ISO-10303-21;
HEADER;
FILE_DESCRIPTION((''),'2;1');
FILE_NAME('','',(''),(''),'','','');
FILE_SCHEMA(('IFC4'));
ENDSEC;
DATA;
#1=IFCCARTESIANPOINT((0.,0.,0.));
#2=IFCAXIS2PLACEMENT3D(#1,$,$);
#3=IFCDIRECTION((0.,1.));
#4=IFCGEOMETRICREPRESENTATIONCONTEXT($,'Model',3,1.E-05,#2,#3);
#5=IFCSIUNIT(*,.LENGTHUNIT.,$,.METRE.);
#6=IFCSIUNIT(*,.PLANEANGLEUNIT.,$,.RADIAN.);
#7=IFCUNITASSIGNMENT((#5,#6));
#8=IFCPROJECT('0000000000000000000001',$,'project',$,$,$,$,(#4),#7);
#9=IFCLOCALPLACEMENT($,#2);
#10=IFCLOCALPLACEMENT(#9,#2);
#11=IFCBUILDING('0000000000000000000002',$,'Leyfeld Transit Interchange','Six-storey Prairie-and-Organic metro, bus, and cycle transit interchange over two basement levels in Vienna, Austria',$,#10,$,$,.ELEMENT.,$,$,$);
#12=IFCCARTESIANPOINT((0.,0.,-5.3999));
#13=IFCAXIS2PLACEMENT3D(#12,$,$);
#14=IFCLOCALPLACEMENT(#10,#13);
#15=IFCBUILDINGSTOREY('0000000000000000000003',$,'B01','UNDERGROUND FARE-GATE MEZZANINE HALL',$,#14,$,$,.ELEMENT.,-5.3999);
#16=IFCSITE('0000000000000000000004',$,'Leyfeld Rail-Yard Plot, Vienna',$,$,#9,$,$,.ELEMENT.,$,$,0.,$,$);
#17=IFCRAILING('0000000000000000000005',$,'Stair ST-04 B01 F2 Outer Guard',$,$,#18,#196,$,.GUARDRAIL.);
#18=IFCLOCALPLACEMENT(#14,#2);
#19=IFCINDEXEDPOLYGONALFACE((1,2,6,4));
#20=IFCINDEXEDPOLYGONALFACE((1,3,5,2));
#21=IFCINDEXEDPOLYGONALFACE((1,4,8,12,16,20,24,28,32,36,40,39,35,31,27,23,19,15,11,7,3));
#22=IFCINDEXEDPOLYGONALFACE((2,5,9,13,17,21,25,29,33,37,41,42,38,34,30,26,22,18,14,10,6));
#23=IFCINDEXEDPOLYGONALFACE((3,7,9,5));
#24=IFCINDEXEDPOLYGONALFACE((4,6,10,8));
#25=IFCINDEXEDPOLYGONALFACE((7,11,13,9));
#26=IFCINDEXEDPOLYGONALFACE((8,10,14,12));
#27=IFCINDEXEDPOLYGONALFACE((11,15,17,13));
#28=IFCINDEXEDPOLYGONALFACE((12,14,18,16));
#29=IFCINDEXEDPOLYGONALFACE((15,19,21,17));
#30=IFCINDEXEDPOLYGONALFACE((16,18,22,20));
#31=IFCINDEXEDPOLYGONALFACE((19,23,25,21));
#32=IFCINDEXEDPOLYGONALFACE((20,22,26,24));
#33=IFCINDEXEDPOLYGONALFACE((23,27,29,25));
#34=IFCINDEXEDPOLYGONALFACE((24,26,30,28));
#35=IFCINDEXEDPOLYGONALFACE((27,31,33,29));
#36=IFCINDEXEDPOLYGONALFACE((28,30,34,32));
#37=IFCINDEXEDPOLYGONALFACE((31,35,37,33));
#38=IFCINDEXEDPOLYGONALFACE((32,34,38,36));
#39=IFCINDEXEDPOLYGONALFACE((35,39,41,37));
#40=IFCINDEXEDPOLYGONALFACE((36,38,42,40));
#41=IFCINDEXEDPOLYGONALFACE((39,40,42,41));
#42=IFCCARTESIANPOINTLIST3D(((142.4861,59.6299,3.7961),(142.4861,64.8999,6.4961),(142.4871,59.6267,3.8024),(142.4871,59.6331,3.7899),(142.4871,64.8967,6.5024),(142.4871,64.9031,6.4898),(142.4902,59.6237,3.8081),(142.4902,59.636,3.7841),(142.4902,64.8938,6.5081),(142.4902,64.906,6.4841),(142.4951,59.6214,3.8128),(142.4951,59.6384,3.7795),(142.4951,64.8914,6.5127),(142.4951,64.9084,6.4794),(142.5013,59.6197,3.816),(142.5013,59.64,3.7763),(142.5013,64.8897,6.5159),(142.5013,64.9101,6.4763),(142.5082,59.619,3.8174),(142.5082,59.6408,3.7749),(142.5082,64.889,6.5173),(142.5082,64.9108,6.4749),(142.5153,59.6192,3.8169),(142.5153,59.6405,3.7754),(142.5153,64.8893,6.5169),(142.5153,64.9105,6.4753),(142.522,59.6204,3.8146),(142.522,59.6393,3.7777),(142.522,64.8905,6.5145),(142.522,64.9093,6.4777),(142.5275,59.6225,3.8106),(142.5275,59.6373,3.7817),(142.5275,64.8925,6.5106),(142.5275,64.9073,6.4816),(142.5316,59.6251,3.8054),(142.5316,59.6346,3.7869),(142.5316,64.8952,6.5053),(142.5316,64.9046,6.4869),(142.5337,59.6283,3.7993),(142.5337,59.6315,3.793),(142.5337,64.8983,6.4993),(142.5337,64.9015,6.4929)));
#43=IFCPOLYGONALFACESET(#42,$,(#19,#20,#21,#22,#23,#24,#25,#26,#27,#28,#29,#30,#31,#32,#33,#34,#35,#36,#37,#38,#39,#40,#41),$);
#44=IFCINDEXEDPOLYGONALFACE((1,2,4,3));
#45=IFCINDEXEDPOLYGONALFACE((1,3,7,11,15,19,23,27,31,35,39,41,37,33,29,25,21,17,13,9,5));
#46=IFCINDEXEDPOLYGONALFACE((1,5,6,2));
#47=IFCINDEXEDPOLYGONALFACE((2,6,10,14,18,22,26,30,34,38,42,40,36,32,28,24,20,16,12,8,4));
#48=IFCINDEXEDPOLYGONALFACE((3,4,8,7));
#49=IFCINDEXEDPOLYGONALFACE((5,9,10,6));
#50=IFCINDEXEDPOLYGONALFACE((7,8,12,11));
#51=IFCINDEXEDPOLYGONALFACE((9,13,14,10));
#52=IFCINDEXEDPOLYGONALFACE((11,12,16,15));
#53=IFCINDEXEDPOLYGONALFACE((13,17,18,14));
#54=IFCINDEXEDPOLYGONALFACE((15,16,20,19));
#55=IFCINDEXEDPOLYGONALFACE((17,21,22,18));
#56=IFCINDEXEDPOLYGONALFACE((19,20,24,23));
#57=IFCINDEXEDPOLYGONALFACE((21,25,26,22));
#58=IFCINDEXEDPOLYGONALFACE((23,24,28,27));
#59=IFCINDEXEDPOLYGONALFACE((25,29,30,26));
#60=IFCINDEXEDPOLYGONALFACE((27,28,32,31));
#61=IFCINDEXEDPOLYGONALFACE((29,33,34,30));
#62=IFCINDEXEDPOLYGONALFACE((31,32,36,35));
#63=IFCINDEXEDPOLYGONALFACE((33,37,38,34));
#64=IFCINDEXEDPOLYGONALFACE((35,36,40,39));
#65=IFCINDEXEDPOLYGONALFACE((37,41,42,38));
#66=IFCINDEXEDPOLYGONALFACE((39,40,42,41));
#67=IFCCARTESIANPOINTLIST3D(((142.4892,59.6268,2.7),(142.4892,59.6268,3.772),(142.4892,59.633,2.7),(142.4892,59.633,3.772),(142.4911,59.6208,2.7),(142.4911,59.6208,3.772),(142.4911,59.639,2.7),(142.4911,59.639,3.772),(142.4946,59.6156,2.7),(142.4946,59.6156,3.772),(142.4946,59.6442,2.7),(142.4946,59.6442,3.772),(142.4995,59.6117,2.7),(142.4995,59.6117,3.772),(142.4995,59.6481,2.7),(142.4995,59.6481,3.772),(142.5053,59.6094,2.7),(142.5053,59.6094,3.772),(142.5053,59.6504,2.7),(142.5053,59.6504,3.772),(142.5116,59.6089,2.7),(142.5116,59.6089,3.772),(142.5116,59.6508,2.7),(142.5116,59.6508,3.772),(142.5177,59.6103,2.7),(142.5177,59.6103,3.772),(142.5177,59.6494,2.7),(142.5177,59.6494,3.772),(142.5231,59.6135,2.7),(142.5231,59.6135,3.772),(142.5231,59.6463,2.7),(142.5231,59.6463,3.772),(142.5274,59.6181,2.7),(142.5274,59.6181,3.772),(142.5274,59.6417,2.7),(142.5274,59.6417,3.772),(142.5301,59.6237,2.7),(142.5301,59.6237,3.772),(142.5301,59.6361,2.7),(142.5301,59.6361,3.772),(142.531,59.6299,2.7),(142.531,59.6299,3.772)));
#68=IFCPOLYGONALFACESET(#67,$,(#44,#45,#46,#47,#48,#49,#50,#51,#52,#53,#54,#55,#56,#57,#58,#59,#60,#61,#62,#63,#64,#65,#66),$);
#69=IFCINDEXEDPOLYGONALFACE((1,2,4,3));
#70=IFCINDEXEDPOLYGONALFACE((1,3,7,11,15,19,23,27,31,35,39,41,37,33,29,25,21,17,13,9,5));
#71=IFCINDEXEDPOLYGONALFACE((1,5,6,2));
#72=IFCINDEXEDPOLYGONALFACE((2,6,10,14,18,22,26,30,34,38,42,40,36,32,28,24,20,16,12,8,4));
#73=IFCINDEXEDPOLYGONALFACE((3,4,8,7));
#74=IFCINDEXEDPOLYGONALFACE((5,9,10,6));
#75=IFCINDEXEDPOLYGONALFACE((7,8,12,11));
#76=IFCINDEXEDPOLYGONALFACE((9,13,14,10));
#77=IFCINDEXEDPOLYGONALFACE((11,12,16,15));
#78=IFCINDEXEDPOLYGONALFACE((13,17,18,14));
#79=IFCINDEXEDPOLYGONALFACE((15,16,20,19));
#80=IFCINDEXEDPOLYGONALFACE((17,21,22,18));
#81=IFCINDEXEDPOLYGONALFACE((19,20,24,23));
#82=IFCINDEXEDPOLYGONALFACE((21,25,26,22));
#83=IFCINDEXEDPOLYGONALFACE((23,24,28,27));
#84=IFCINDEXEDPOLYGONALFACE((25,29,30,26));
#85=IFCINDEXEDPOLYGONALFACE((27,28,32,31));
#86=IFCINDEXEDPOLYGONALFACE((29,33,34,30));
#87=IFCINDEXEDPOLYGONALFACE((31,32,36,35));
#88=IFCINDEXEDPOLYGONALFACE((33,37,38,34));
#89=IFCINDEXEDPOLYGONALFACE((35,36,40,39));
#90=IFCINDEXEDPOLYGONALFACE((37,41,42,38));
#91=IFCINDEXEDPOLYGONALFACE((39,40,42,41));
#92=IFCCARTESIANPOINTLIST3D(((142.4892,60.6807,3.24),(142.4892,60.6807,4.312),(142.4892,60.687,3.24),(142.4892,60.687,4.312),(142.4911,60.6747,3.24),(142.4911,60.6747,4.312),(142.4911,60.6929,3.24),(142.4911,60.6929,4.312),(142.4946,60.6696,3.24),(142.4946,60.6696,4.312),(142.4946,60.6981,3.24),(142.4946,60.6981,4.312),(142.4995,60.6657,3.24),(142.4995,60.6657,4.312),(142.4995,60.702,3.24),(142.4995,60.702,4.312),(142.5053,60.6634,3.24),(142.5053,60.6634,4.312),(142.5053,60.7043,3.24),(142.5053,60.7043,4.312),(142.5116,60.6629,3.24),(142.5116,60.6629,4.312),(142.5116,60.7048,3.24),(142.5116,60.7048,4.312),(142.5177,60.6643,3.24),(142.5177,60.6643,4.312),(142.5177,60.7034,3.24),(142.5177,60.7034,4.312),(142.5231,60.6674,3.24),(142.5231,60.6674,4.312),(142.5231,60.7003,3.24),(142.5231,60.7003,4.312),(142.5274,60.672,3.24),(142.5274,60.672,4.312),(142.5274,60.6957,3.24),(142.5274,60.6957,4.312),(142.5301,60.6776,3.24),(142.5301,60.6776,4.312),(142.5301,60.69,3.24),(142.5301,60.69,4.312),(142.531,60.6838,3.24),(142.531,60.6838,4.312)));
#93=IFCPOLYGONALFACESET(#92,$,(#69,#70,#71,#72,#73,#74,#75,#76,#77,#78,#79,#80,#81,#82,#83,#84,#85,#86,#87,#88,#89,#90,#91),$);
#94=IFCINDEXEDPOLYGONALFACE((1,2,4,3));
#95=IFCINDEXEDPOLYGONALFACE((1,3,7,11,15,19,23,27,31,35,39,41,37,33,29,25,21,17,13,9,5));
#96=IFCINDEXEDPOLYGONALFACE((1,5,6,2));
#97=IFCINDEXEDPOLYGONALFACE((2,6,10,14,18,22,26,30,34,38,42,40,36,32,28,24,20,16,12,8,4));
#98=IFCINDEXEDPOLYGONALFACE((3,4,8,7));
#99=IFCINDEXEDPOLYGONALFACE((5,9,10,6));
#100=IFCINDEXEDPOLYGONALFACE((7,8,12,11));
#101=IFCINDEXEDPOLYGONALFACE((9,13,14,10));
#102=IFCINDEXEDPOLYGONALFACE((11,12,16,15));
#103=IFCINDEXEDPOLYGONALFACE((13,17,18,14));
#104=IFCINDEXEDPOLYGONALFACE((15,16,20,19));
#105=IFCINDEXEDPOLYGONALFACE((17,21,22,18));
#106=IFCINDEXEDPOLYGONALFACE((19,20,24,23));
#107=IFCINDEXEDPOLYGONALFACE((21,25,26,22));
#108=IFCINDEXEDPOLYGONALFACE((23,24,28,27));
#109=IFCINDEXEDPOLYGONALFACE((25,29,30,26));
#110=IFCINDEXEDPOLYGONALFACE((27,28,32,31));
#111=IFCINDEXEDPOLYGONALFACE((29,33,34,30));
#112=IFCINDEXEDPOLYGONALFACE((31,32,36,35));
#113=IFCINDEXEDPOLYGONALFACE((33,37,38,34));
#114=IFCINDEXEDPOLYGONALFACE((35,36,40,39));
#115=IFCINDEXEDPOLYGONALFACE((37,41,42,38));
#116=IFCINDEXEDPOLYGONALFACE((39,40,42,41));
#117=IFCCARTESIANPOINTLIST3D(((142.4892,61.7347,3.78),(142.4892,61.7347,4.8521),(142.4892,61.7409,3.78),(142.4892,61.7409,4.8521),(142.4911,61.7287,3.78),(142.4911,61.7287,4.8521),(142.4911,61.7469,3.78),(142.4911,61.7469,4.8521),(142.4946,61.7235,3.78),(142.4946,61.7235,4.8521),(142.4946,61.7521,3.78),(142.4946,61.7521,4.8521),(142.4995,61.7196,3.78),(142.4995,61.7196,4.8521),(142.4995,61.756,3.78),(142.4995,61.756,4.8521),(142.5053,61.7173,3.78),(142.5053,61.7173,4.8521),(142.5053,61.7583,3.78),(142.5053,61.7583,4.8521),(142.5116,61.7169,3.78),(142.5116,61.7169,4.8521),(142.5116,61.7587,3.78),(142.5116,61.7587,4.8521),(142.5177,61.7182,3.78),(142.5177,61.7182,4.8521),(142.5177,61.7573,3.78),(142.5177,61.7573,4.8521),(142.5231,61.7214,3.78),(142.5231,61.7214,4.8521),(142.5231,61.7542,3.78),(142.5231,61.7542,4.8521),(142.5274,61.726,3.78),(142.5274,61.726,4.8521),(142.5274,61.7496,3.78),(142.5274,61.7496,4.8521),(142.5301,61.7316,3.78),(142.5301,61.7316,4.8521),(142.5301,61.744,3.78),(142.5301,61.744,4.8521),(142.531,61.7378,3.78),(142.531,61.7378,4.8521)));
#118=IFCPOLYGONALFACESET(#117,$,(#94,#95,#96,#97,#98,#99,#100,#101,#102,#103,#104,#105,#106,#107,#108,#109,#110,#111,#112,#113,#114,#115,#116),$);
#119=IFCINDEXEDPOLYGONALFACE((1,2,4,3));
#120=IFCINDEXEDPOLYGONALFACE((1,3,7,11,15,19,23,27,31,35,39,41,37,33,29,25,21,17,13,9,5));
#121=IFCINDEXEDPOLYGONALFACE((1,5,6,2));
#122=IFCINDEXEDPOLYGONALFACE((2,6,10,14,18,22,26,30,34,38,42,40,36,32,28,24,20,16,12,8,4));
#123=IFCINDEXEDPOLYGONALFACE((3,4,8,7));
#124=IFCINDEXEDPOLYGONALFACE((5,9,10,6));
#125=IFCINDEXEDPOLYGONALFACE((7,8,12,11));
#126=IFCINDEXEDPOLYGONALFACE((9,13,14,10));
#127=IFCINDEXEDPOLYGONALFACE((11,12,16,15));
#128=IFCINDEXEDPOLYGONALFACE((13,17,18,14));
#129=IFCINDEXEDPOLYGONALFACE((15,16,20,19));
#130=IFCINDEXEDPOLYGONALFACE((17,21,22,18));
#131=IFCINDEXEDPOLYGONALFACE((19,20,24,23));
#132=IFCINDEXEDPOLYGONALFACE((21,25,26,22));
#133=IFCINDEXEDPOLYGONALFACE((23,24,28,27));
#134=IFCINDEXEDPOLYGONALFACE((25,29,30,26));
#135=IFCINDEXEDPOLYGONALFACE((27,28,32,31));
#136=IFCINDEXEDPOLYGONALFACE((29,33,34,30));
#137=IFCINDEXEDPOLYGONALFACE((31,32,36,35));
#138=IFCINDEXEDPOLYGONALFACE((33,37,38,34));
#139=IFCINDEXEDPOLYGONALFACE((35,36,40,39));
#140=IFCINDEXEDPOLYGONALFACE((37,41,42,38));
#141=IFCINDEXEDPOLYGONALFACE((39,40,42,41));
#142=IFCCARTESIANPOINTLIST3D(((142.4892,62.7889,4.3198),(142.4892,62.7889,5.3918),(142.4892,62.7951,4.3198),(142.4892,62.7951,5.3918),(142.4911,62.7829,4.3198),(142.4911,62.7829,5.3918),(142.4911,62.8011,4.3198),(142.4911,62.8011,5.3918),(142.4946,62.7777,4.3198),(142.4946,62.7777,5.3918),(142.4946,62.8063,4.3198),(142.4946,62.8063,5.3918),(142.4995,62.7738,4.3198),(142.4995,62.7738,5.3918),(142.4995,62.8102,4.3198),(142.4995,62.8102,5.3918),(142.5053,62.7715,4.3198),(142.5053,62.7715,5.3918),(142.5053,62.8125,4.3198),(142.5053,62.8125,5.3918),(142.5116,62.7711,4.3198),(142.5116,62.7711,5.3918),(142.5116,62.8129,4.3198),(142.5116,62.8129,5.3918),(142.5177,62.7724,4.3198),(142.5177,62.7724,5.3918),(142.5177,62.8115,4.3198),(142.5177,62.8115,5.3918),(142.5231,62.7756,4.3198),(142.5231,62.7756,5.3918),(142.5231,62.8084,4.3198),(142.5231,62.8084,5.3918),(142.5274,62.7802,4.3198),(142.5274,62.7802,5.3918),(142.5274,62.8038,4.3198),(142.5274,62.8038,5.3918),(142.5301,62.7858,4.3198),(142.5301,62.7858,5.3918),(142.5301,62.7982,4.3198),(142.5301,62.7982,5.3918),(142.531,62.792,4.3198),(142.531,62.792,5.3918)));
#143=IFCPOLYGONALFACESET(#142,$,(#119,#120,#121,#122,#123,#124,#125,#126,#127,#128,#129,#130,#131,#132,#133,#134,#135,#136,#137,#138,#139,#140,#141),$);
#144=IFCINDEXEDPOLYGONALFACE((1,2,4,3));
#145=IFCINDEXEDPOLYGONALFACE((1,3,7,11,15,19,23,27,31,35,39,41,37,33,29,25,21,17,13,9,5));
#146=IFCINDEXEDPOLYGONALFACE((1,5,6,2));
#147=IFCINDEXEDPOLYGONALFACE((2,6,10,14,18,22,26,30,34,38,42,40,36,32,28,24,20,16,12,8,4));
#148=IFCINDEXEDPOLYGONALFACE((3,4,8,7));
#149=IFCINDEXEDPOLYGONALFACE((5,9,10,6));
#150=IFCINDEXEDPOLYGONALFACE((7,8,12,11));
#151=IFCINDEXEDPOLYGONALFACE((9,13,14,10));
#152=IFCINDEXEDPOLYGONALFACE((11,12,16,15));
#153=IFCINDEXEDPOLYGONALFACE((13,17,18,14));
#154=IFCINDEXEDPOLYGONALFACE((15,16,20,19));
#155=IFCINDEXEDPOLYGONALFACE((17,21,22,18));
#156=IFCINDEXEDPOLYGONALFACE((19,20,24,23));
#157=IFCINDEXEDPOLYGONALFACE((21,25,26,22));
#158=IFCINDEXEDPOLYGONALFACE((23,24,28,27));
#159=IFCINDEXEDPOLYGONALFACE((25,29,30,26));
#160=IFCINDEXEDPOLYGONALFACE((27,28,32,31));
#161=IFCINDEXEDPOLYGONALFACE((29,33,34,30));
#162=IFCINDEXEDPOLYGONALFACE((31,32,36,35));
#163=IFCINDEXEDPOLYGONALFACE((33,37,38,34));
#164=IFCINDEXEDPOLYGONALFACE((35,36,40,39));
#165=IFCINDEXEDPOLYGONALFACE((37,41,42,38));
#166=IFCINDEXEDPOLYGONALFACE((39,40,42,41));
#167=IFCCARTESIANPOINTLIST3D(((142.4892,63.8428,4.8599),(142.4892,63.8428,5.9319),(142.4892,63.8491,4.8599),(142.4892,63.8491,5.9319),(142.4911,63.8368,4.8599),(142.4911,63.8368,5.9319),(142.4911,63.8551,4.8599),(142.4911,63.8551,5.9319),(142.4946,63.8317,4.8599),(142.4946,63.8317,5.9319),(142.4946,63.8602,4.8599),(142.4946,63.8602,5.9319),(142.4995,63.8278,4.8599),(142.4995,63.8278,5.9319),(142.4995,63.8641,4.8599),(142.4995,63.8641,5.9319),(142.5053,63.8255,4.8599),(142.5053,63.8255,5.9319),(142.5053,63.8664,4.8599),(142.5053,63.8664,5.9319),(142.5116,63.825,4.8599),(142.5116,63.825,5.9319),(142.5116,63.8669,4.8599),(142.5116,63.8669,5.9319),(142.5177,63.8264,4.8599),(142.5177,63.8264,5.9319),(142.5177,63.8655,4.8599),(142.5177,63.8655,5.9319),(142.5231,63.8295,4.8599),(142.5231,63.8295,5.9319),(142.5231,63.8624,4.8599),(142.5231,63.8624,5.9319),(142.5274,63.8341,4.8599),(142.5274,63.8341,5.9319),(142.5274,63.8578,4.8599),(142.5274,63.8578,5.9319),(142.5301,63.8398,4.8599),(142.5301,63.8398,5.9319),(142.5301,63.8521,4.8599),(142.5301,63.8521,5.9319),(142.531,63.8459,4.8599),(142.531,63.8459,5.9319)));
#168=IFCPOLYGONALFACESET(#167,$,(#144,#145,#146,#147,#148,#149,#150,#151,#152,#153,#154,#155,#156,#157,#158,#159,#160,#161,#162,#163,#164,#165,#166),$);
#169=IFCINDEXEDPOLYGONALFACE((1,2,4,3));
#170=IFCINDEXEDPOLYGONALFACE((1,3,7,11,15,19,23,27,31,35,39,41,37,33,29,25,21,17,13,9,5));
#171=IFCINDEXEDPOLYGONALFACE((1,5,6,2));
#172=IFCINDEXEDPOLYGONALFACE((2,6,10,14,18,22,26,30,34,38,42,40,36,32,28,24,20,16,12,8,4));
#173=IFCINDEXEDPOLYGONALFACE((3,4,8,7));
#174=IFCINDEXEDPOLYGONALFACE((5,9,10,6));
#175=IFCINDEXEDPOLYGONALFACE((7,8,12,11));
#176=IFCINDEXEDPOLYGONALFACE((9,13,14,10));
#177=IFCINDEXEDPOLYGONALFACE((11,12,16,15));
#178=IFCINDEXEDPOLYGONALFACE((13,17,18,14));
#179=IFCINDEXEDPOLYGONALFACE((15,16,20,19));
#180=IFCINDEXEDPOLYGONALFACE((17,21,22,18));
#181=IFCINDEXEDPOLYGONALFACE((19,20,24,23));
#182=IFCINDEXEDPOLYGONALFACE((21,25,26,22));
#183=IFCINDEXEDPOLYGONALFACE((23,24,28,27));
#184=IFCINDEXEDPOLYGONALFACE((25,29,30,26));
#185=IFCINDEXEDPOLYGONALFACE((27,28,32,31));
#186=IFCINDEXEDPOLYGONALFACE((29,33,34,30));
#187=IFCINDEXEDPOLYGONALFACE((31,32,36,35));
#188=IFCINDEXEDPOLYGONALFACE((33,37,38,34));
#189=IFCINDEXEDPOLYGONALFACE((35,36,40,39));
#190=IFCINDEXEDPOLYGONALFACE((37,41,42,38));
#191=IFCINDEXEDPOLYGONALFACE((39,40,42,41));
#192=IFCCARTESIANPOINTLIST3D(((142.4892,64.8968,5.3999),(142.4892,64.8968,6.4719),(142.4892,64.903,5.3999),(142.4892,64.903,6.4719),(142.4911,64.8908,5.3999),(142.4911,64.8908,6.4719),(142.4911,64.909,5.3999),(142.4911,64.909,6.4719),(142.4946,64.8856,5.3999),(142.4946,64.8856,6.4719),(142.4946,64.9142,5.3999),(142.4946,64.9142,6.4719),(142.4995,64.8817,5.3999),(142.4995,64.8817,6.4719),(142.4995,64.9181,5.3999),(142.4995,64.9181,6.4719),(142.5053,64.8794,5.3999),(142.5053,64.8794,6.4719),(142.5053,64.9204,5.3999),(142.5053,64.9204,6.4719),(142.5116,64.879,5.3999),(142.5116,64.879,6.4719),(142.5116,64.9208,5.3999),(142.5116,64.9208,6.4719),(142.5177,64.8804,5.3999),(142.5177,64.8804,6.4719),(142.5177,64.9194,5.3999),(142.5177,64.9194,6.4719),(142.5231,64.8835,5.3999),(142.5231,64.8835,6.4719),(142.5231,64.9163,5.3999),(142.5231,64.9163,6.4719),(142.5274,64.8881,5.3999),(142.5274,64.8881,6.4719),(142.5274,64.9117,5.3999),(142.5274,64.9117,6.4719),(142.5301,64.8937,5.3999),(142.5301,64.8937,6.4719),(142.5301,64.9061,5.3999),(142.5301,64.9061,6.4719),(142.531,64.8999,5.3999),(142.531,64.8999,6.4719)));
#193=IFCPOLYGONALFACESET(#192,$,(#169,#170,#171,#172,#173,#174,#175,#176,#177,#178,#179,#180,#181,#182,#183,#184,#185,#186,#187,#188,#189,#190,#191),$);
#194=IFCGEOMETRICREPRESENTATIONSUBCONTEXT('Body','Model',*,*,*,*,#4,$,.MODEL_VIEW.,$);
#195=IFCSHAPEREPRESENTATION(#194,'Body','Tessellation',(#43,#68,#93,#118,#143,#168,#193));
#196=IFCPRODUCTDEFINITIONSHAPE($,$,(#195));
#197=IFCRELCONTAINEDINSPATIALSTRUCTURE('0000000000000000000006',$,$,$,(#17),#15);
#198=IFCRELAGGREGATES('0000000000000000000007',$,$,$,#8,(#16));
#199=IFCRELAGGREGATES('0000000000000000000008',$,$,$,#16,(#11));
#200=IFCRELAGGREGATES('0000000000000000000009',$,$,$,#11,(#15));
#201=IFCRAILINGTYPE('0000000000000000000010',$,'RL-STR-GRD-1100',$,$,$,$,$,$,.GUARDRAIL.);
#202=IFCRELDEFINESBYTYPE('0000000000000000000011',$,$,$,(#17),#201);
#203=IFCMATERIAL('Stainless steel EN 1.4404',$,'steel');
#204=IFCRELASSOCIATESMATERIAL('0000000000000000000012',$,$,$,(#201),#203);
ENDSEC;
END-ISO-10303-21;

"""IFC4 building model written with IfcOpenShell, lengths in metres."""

from ifc_helpers import new_model, si_unit, direction, frame, origin, origin_2d, place, context, subcontext, project, spatial, circle, extrude, material, type_object, element, save


model = new_model("IFC4")

# Units and contexts
model_context = context("Model", 3, precision=1e-05, world=origin(), true_north=direction((0.0, 1.0)))
body_context = subcontext(model_context, "Body", "Model", "MODEL_VIEW")
ifc_project = project(units=[si_unit("LENGTHUNIT", "METRE"), si_unit("PLANEANGLEUNIT", "RADIAN")], contexts=[model_context])

# Site, building, storey
site_placement = place(None, origin())
site = spatial("IfcSite", under=ifc_project, at=site_placement, Name="Leyfeld Rail-Yard Plot, Vienna", CompositionType="ELEMENT", RefElevation=0.0)
building_placement = place(site_placement, origin())
building = spatial("IfcBuilding", under=site, at=building_placement, Name="Leyfeld Transit Interchange", Description="Six-storey Prairie-and-Organic metro, bus, and cycle transit interchange over two basement levels in Vienna, Austria", CompositionType="ELEMENT")
storey_placement = place(building_placement, frame((0.0, 0.0, -5.3999)))
storey = spatial("IfcBuildingStorey", under=building, at=storey_placement, Name="B01", Description="UNDERGROUND FARE-GATE MEZZANINE HALL", CompositionType="ELEMENT", Elevation=-5.3999)

# Railing
ifc_material_1 = material(Name="Stainless steel EN 1.4404", Category="steel")
railing_type_1 = type_object("IfcRailingType", Name="RL-STR-GRD-1100", PredefinedType="GUARDRAIL", material=ifc_material_1)
for number, where, name in (
    (1, (142.51, 59.6299, 2.7), "Stair ST-04 B01 F2 Outer Guard"),
):
    element("IfcRailing", number, at=place(storey_placement, frame(where)), inside=storey, type_object=railing_type_1, Name=name, PredefinedType="GUARDRAIL", context=body_context, shape_type="SweptSolid", body=[
        extrude(circle(Radius=0.0239, at=origin_2d()), frame((0.0, 0.0, 1.0962), z_axis=(0.0, 0.889997, 0.455966), x_axis=(-1.0, 0.0, 0.0)), (0.0, 0.0, 1.0), 5.9214),
        extrude(circle(Radius=0.021, at=origin_2d()), origin(), (0.0, 0.0, 1.0), 1.072),
        extrude(circle(Radius=0.021, at=origin_2d()), frame((0.0, 1.054, 0.54)), (0.0, 0.0, 1.0), 1.072),
        extrude(circle(Radius=0.021, at=origin_2d()), frame((0.0, 2.1079, 1.0801)), (0.0, 0.0, 1.0), 1.072),
        extrude(circle(Radius=0.021, at=origin_2d()), frame((0.0, 3.1621, 1.6199)), (0.0, 0.0, 1.0), 1.072),
        extrude(circle(Radius=0.021, at=origin_2d()), frame((0.0, 4.2161, 2.1599)), (0.0, 0.0, 1.0), 1.072),
        extrude(circle(Radius=0.021, at=origin_2d()), frame((0.0, 5.27, 2.7)), (0.0, 0.0, 1.0), 1.072),
    ])

save(model, "model.ifc")
